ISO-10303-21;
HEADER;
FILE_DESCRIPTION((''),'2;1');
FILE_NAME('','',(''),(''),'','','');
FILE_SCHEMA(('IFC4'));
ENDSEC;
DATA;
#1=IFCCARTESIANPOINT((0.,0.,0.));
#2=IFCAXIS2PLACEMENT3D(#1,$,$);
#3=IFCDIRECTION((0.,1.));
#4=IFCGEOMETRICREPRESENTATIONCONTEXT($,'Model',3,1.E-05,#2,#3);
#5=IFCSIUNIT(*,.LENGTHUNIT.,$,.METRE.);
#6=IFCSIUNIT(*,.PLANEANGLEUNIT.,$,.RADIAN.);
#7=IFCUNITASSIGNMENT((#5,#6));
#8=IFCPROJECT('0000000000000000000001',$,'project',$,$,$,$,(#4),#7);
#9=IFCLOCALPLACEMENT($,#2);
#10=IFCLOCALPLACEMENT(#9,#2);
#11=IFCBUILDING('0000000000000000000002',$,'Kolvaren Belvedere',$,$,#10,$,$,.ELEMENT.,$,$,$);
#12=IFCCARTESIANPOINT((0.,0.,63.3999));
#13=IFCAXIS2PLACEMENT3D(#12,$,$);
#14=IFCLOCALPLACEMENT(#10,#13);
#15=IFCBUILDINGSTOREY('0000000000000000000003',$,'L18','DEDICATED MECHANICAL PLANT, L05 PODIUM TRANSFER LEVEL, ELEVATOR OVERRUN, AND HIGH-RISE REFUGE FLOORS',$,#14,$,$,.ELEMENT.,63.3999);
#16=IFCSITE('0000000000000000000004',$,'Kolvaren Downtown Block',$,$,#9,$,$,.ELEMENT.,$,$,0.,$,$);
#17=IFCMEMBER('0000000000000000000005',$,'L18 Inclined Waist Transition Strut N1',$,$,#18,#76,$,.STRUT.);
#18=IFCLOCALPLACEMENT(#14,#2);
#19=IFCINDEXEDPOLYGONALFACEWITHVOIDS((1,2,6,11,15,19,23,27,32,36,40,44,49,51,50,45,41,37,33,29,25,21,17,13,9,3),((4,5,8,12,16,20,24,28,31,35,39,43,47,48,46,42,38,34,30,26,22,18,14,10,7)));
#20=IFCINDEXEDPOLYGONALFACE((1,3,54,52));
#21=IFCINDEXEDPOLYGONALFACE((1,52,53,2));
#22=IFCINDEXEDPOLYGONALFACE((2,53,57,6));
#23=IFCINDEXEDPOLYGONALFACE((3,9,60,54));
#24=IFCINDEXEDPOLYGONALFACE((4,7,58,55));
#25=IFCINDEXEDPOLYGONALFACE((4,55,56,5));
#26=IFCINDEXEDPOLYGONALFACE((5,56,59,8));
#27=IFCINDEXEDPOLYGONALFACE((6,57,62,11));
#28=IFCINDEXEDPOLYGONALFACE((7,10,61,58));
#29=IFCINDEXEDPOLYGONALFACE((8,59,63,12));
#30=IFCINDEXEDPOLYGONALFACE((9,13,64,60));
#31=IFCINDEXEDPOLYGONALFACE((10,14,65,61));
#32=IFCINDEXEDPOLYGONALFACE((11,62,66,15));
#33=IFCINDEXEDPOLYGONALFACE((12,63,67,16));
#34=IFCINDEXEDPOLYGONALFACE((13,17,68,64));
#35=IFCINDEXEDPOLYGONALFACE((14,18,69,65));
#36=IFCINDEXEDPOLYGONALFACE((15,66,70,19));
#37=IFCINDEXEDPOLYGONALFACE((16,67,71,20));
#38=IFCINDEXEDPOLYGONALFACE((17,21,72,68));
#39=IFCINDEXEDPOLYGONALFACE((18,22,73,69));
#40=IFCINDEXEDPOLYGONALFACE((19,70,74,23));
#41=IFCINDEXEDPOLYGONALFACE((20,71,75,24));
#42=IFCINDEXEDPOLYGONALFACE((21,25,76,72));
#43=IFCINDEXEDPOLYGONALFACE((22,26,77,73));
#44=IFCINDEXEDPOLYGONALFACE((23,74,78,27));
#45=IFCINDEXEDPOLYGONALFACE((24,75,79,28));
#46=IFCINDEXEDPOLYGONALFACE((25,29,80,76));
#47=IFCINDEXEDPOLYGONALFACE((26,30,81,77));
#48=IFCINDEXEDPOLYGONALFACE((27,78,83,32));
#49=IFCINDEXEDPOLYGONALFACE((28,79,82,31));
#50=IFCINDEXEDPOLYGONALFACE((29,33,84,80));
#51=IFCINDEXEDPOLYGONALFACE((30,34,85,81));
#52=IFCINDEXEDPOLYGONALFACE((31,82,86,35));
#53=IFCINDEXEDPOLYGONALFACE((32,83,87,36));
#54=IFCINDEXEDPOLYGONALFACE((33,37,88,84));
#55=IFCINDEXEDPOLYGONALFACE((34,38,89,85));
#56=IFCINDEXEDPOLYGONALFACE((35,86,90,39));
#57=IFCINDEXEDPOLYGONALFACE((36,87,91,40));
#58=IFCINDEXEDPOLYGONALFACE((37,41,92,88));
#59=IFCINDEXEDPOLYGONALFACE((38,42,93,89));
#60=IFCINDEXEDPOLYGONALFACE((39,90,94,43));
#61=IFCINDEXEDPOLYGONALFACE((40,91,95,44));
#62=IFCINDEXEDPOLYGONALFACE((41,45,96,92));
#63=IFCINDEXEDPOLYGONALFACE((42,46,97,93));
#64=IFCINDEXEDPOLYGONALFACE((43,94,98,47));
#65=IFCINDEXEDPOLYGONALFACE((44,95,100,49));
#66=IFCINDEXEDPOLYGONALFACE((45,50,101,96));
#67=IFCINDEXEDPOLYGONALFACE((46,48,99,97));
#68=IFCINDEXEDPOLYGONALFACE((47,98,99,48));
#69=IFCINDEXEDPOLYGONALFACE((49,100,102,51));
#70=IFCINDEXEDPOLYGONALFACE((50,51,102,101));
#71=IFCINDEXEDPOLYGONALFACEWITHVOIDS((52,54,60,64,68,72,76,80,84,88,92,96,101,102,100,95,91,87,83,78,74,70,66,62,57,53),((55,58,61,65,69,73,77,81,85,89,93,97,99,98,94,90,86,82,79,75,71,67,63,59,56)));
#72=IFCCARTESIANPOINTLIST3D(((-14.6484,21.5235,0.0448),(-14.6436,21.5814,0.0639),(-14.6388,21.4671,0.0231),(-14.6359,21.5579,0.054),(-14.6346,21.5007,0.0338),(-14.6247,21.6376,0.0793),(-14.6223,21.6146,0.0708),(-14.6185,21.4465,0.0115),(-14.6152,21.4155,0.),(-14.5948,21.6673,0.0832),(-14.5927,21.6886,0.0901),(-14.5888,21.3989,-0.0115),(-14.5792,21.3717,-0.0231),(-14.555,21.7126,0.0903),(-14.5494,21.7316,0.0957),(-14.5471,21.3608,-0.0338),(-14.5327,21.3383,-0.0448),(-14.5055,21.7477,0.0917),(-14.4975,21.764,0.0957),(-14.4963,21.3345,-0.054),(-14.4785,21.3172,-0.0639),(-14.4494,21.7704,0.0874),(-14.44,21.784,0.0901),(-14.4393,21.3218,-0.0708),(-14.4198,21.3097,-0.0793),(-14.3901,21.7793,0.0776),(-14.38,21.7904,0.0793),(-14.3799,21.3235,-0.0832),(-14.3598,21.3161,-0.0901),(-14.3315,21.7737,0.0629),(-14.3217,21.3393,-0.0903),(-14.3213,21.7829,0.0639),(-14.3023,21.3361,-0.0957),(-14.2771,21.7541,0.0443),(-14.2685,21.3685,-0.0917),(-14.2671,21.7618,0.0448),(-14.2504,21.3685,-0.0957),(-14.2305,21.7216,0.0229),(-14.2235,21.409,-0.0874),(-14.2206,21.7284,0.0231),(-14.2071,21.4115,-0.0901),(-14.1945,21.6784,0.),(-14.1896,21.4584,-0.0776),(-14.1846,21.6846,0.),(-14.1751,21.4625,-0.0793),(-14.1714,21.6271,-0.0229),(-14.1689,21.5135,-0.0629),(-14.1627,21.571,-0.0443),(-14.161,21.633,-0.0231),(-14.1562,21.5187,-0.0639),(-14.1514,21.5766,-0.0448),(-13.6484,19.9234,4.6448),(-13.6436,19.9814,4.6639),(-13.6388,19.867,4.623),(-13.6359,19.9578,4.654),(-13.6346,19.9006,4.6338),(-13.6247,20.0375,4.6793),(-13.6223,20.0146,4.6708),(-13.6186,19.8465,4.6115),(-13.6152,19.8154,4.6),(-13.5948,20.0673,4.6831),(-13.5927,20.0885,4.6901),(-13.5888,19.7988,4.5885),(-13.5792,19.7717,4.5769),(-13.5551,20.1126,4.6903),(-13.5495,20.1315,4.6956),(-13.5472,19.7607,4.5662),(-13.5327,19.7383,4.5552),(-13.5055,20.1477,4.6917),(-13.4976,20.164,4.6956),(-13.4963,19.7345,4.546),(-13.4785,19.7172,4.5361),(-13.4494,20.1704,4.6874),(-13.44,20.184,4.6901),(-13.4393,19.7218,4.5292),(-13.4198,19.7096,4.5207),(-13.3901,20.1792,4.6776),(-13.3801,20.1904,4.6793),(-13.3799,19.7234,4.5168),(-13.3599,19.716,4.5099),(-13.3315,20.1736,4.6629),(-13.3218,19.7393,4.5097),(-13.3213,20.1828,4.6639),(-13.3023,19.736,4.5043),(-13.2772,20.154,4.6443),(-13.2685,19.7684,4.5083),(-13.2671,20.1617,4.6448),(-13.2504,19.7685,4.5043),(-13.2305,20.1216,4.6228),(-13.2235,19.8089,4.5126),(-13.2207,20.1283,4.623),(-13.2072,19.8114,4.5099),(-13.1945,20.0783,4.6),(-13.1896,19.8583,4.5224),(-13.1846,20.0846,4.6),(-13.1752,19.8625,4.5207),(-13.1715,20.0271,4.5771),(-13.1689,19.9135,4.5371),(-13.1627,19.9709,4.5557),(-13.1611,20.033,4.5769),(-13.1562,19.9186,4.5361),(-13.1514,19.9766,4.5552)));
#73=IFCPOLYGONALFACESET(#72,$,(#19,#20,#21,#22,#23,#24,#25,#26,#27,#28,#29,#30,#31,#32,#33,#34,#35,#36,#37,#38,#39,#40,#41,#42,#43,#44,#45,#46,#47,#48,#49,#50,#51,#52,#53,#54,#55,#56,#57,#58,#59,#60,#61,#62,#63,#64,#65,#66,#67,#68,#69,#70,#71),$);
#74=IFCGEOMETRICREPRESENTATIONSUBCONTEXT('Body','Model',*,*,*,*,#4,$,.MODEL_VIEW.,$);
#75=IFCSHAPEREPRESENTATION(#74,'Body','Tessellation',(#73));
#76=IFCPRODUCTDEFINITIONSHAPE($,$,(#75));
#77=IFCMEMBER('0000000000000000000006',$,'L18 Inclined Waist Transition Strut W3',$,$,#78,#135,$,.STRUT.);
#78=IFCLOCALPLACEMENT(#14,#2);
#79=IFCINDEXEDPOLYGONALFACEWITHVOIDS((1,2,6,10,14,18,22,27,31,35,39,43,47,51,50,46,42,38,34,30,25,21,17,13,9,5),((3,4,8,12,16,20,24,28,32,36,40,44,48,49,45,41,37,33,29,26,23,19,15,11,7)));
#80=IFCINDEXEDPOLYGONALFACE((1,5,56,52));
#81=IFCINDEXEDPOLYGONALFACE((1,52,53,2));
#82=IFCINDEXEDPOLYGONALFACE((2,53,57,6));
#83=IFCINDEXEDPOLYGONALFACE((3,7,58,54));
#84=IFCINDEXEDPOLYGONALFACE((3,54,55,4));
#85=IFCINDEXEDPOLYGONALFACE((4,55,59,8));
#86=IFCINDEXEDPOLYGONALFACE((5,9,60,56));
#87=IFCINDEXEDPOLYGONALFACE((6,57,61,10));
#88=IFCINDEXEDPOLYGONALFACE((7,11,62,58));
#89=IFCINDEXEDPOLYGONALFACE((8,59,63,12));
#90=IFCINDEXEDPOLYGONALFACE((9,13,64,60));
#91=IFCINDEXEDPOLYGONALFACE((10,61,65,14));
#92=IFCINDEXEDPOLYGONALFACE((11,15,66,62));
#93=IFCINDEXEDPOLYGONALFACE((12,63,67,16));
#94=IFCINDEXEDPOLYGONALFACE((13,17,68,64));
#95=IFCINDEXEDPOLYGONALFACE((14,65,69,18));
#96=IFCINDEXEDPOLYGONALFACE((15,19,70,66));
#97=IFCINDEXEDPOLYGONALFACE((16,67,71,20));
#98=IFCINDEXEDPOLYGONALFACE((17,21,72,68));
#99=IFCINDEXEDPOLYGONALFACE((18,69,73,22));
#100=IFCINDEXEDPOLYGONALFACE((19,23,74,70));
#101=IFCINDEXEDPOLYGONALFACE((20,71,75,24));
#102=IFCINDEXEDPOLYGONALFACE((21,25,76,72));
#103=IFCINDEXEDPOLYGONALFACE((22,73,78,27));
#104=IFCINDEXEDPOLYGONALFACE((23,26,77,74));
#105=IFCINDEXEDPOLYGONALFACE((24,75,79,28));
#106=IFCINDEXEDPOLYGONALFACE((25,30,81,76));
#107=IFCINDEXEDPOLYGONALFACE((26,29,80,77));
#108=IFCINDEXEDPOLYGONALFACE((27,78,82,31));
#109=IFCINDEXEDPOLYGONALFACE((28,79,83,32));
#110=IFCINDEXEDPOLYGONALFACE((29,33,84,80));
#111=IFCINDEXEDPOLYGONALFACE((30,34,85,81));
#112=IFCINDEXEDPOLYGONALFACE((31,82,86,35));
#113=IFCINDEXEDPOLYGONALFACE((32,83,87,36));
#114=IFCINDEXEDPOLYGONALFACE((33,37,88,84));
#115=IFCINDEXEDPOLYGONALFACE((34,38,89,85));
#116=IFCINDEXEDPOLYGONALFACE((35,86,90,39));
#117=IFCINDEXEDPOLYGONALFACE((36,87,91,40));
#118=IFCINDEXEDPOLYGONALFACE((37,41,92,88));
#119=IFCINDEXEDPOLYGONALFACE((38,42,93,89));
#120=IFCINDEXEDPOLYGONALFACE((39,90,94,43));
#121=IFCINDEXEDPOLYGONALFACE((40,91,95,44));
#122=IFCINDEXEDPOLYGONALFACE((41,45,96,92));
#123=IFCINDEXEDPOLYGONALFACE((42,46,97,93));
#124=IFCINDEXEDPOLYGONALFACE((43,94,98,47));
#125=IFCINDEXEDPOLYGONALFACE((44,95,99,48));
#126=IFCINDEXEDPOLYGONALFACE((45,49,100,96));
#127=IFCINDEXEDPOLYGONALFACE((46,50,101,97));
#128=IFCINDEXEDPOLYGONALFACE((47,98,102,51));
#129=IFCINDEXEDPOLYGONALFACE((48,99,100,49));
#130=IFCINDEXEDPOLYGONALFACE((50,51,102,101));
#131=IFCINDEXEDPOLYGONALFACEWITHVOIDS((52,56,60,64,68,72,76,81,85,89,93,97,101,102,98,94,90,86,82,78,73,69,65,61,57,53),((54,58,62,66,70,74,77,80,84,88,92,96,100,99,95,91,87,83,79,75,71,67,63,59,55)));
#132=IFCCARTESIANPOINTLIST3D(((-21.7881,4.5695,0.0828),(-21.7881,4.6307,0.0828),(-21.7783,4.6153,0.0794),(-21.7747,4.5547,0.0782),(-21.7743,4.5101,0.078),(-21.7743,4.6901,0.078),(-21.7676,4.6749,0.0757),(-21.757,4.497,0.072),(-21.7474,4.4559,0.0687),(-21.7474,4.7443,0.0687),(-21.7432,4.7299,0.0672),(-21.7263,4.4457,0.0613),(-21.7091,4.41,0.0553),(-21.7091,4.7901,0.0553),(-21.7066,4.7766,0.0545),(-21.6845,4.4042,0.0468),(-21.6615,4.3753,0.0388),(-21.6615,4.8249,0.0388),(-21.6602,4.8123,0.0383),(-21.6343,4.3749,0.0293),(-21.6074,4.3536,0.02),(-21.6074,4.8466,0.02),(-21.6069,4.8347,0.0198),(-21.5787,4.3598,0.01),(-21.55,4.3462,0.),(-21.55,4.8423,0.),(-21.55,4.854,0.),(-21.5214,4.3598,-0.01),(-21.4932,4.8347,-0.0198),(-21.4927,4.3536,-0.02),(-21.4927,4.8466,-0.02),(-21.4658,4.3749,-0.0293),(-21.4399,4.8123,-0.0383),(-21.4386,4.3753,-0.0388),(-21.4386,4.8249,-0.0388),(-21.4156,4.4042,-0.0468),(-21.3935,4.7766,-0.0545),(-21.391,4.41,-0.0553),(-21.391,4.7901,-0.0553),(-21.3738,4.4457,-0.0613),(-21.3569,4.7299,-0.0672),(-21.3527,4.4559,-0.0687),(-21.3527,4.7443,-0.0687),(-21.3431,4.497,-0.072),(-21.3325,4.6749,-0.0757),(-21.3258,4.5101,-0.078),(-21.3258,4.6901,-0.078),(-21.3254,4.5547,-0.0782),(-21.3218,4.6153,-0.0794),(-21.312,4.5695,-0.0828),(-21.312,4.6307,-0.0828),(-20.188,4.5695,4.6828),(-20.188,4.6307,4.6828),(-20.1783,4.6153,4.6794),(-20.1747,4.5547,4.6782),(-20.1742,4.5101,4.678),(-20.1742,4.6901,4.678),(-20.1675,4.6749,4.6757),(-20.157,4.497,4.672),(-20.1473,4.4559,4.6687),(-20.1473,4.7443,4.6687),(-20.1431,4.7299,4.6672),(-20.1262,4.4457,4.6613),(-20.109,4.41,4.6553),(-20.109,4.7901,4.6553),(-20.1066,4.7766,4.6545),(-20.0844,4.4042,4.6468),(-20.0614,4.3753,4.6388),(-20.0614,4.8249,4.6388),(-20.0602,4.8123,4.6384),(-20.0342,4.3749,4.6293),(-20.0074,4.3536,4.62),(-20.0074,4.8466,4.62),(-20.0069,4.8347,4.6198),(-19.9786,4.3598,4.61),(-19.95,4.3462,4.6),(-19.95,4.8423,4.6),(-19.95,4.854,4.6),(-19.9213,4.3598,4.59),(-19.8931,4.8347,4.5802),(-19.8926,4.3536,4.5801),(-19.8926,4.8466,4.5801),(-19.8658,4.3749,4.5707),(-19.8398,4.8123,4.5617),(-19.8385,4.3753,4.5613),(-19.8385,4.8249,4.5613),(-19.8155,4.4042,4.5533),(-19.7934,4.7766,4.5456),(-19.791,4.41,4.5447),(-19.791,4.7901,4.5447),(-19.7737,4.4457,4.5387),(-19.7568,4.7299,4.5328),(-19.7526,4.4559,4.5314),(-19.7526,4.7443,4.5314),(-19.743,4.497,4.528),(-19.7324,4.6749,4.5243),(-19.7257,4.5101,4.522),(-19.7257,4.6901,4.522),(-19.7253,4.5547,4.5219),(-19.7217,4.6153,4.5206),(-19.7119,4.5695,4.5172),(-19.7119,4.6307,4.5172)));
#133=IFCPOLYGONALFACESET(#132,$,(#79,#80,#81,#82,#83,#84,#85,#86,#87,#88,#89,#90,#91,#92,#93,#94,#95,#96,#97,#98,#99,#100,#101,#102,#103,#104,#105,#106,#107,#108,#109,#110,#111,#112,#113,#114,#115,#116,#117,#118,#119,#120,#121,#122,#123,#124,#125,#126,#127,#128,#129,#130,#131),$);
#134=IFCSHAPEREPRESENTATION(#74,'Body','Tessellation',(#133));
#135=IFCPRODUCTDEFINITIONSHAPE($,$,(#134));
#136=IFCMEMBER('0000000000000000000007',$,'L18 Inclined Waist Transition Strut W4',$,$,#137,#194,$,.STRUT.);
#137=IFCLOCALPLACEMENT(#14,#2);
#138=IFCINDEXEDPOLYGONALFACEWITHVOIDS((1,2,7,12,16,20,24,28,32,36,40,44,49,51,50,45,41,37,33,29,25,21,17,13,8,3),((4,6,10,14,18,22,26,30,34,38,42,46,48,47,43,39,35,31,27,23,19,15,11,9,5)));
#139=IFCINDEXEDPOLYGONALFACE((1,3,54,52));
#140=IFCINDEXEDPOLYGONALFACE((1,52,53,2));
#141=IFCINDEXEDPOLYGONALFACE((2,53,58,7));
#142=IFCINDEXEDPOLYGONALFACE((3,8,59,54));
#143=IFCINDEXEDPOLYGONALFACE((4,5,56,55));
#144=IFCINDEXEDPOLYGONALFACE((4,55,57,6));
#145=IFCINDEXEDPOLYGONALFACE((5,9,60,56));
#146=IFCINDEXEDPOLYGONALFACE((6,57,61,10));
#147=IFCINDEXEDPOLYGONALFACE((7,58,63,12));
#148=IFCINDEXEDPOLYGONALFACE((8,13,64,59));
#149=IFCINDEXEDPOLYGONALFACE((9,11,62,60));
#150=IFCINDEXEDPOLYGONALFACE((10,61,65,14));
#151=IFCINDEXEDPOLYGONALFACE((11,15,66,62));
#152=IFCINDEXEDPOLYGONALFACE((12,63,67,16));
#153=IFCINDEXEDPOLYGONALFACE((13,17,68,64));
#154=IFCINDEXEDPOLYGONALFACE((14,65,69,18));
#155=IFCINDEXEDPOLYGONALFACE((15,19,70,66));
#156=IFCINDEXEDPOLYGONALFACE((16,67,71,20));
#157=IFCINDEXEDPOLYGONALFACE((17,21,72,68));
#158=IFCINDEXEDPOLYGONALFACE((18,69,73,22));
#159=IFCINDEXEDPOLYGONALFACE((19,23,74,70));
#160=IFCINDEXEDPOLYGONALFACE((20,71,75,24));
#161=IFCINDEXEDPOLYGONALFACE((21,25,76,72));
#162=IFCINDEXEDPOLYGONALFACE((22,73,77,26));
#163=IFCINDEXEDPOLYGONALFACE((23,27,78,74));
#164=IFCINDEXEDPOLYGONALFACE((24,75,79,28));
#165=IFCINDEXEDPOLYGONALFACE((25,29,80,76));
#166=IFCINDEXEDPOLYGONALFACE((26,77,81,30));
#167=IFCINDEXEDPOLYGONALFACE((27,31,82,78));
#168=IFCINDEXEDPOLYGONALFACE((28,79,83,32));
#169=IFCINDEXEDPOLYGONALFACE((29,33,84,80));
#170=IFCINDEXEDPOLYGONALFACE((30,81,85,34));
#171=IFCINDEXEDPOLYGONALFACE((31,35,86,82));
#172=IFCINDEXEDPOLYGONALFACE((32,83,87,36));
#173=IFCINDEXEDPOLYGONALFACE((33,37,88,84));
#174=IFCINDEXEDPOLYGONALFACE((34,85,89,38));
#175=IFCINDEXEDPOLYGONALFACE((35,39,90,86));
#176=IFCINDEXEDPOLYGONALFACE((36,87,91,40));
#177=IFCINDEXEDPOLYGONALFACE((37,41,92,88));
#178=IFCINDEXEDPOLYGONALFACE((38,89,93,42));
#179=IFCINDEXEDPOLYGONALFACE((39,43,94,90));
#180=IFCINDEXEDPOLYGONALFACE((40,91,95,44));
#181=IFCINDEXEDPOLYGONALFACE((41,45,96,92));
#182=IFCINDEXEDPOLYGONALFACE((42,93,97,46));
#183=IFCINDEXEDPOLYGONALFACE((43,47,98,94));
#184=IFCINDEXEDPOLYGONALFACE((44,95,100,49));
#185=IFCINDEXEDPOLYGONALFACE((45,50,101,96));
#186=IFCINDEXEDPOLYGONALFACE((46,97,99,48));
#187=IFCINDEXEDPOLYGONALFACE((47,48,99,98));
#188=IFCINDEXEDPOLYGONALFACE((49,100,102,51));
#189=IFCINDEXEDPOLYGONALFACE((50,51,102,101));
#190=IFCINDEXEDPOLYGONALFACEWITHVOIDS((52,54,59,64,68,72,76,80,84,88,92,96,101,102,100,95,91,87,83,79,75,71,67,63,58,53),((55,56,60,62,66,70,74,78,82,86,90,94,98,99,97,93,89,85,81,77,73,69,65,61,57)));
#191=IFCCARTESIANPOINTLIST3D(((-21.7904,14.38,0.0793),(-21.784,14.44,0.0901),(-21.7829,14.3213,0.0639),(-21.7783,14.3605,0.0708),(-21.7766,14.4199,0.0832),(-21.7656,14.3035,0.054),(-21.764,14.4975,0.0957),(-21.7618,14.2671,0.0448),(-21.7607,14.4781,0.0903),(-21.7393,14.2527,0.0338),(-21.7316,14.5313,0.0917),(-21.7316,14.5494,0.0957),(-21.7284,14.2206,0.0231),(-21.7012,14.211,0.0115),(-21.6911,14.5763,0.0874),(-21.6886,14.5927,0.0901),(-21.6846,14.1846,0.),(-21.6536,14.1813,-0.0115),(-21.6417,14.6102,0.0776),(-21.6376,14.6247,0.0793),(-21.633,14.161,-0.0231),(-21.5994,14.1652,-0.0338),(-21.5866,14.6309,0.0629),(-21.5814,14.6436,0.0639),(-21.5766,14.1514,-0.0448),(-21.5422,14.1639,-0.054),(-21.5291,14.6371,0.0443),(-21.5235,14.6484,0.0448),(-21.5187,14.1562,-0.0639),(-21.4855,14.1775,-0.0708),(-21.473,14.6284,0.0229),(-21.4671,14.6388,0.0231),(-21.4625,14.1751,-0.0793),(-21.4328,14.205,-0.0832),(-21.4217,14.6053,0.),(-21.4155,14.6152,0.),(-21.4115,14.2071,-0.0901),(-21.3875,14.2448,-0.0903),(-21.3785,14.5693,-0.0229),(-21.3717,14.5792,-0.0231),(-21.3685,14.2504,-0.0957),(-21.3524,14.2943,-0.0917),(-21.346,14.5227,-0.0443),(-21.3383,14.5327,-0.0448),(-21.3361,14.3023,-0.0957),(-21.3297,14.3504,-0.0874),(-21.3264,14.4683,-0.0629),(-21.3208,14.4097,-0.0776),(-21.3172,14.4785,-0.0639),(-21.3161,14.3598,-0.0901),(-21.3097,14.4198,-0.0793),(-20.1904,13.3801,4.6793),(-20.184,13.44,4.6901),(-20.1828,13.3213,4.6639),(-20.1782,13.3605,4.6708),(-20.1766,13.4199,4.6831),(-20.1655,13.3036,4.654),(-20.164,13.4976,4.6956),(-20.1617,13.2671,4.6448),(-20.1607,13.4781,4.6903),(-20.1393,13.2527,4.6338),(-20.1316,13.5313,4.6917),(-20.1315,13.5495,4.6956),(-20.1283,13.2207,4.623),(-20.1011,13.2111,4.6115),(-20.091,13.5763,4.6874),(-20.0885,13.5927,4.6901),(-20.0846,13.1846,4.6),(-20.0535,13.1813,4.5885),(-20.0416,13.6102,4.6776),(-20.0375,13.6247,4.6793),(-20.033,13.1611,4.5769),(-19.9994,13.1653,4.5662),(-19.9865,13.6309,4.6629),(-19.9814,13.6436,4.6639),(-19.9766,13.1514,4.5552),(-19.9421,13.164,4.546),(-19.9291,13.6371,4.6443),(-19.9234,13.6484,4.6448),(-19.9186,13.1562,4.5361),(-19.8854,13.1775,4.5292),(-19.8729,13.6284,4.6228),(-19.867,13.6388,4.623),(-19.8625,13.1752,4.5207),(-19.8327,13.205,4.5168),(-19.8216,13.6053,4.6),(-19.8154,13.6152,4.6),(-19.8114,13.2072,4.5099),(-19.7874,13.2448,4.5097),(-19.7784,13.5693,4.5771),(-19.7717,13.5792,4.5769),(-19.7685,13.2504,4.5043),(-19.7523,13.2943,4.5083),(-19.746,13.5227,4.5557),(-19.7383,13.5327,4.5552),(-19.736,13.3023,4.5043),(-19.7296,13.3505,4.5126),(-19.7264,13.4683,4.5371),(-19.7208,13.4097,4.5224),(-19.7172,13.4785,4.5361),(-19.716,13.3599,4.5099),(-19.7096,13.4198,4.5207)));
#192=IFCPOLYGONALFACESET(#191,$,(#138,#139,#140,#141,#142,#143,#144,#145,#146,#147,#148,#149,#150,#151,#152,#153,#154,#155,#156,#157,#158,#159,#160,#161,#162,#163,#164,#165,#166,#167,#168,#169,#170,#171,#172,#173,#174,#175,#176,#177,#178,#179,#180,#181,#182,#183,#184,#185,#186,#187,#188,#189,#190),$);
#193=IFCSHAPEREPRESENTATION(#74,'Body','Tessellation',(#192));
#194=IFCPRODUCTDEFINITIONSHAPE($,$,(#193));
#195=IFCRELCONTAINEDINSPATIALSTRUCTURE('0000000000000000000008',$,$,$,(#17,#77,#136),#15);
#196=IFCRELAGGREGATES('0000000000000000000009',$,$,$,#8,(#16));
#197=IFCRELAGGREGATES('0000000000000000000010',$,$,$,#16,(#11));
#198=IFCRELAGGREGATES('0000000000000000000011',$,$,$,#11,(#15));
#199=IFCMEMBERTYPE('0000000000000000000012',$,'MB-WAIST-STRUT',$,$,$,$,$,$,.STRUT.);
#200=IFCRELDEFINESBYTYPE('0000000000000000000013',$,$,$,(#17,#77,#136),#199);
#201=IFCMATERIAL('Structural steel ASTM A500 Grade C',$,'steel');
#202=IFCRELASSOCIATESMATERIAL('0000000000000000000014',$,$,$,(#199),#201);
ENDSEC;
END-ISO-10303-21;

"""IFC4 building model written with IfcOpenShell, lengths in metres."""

from ifc_helpers import new_model, si_unit, direction, frame, origin, origin_2d, place, context, subcontext, project, spatial, hollow_circle, extrude, material, material_profile, profile_set, type_object, element, save


model = new_model("IFC4")

# Units and contexts
model_context = context("Model", 3, precision=1e-05, world=origin(), true_north=direction((0.0, 1.0)))
body_context = subcontext(model_context, "Body", "Model", "MODEL_VIEW")
ifc_project = project(units=[si_unit("LENGTHUNIT", "METRE"), si_unit("PLANEANGLEUNIT", "RADIAN")], contexts=[model_context])

# Site, building, storey
site_placement = place(None, origin())
site = spatial("IfcSite", under=ifc_project, at=site_placement, Name="Kolvaren Downtown Block", CompositionType="ELEMENT", RefElevation=0.0)
building_placement = place(site_placement, origin())
building = spatial("IfcBuilding", under=site, at=building_placement, Name="Kolvaren Belvedere", CompositionType="ELEMENT")
storey_placement = place(building_placement, frame((0.0, 0.0, 63.3999)))
storey = spatial("IfcBuildingStorey", under=building, at=storey_placement, Name="L18", Description="DEDICATED MECHANICAL PLANT, L05 PODIUM TRANSFER LEVEL, ELEVATOR OVERRUN, AND HIGH-RISE REFUGE FLOORS", CompositionType="ELEMENT", Elevation=63.3999)

# Members
ifc_material_1 = material(Name="Structural steel ASTM A500 Grade C", Category="steel")
ifc_material_profile_1 = material_profile(ifc_material_1, hollow_circle(Radius=0.2539, WallThickness=0.0117, at=origin_2d()), Name="HSS20.000X0.500")
ifc_profile_set_1 = profile_set([ifc_material_profile_1], Name="Structural steel ASTM A500 Grade C")
member_type_1 = type_object("IfcMemberType", Name="MB-WAIST-STRUT", PredefinedType="STRUT", material=ifc_profile_set_1)
member_1_placement = place(storey_placement, frame((-14.3999, 21.55, 0.0), z_axis=(0.201125, -0.321819, 0.925193), x_axis=(0.848013, 0.529976, 0.0)))
element("IfcMember", 1, at=member_1_placement, inside=storey, type_object=member_type_1, Name="L18 Inclined Waist Transition Strut N1", PredefinedType="STRUT", context=body_context, shape_type="SweptSolid", body=[
    extrude(hollow_circle(Radius=0.2539, WallThickness=0.0117, at=origin_2d()), origin(), (0.0, 0.0, 1.0), 4.9719),
])
member_2_placement = place(storey_placement, frame((-21.55, 4.6001, 0.0), z_axis=(0.328532, 0.0, 0.944493), x_axis=(0.0, 1.0, 0.0)))
element("IfcMember", 2, at=member_2_placement, inside=storey, type_object=member_type_1, Name="L18 Inclined Waist Transition Strut W3", PredefinedType="STRUT", context=body_context, shape_type="SweptSolid", body=[
    extrude(hollow_circle(Radius=0.2539, WallThickness=0.0117, at=origin_2d()), origin(), (0.0, 0.0, 1.0), 4.8704),
])
member_3_placement = place(storey_placement, frame((-21.55, 14.3999, 0.0), z_axis=(0.321819, -0.201125, 0.925193), x_axis=(0.529976, 0.848013, 0.0)))
element("IfcMember", 3, at=member_3_placement, inside=storey, type_object=member_type_1, Name="L18 Inclined Waist Transition Strut W4", PredefinedType="STRUT", context=body_context, shape_type="SweptSolid", body=[
    extrude(hollow_circle(Radius=0.2539, WallThickness=0.0117, at=origin_2d()), origin(), (0.0, 0.0, 1.0), 4.9719),
])

save(model, "model.ifc")
